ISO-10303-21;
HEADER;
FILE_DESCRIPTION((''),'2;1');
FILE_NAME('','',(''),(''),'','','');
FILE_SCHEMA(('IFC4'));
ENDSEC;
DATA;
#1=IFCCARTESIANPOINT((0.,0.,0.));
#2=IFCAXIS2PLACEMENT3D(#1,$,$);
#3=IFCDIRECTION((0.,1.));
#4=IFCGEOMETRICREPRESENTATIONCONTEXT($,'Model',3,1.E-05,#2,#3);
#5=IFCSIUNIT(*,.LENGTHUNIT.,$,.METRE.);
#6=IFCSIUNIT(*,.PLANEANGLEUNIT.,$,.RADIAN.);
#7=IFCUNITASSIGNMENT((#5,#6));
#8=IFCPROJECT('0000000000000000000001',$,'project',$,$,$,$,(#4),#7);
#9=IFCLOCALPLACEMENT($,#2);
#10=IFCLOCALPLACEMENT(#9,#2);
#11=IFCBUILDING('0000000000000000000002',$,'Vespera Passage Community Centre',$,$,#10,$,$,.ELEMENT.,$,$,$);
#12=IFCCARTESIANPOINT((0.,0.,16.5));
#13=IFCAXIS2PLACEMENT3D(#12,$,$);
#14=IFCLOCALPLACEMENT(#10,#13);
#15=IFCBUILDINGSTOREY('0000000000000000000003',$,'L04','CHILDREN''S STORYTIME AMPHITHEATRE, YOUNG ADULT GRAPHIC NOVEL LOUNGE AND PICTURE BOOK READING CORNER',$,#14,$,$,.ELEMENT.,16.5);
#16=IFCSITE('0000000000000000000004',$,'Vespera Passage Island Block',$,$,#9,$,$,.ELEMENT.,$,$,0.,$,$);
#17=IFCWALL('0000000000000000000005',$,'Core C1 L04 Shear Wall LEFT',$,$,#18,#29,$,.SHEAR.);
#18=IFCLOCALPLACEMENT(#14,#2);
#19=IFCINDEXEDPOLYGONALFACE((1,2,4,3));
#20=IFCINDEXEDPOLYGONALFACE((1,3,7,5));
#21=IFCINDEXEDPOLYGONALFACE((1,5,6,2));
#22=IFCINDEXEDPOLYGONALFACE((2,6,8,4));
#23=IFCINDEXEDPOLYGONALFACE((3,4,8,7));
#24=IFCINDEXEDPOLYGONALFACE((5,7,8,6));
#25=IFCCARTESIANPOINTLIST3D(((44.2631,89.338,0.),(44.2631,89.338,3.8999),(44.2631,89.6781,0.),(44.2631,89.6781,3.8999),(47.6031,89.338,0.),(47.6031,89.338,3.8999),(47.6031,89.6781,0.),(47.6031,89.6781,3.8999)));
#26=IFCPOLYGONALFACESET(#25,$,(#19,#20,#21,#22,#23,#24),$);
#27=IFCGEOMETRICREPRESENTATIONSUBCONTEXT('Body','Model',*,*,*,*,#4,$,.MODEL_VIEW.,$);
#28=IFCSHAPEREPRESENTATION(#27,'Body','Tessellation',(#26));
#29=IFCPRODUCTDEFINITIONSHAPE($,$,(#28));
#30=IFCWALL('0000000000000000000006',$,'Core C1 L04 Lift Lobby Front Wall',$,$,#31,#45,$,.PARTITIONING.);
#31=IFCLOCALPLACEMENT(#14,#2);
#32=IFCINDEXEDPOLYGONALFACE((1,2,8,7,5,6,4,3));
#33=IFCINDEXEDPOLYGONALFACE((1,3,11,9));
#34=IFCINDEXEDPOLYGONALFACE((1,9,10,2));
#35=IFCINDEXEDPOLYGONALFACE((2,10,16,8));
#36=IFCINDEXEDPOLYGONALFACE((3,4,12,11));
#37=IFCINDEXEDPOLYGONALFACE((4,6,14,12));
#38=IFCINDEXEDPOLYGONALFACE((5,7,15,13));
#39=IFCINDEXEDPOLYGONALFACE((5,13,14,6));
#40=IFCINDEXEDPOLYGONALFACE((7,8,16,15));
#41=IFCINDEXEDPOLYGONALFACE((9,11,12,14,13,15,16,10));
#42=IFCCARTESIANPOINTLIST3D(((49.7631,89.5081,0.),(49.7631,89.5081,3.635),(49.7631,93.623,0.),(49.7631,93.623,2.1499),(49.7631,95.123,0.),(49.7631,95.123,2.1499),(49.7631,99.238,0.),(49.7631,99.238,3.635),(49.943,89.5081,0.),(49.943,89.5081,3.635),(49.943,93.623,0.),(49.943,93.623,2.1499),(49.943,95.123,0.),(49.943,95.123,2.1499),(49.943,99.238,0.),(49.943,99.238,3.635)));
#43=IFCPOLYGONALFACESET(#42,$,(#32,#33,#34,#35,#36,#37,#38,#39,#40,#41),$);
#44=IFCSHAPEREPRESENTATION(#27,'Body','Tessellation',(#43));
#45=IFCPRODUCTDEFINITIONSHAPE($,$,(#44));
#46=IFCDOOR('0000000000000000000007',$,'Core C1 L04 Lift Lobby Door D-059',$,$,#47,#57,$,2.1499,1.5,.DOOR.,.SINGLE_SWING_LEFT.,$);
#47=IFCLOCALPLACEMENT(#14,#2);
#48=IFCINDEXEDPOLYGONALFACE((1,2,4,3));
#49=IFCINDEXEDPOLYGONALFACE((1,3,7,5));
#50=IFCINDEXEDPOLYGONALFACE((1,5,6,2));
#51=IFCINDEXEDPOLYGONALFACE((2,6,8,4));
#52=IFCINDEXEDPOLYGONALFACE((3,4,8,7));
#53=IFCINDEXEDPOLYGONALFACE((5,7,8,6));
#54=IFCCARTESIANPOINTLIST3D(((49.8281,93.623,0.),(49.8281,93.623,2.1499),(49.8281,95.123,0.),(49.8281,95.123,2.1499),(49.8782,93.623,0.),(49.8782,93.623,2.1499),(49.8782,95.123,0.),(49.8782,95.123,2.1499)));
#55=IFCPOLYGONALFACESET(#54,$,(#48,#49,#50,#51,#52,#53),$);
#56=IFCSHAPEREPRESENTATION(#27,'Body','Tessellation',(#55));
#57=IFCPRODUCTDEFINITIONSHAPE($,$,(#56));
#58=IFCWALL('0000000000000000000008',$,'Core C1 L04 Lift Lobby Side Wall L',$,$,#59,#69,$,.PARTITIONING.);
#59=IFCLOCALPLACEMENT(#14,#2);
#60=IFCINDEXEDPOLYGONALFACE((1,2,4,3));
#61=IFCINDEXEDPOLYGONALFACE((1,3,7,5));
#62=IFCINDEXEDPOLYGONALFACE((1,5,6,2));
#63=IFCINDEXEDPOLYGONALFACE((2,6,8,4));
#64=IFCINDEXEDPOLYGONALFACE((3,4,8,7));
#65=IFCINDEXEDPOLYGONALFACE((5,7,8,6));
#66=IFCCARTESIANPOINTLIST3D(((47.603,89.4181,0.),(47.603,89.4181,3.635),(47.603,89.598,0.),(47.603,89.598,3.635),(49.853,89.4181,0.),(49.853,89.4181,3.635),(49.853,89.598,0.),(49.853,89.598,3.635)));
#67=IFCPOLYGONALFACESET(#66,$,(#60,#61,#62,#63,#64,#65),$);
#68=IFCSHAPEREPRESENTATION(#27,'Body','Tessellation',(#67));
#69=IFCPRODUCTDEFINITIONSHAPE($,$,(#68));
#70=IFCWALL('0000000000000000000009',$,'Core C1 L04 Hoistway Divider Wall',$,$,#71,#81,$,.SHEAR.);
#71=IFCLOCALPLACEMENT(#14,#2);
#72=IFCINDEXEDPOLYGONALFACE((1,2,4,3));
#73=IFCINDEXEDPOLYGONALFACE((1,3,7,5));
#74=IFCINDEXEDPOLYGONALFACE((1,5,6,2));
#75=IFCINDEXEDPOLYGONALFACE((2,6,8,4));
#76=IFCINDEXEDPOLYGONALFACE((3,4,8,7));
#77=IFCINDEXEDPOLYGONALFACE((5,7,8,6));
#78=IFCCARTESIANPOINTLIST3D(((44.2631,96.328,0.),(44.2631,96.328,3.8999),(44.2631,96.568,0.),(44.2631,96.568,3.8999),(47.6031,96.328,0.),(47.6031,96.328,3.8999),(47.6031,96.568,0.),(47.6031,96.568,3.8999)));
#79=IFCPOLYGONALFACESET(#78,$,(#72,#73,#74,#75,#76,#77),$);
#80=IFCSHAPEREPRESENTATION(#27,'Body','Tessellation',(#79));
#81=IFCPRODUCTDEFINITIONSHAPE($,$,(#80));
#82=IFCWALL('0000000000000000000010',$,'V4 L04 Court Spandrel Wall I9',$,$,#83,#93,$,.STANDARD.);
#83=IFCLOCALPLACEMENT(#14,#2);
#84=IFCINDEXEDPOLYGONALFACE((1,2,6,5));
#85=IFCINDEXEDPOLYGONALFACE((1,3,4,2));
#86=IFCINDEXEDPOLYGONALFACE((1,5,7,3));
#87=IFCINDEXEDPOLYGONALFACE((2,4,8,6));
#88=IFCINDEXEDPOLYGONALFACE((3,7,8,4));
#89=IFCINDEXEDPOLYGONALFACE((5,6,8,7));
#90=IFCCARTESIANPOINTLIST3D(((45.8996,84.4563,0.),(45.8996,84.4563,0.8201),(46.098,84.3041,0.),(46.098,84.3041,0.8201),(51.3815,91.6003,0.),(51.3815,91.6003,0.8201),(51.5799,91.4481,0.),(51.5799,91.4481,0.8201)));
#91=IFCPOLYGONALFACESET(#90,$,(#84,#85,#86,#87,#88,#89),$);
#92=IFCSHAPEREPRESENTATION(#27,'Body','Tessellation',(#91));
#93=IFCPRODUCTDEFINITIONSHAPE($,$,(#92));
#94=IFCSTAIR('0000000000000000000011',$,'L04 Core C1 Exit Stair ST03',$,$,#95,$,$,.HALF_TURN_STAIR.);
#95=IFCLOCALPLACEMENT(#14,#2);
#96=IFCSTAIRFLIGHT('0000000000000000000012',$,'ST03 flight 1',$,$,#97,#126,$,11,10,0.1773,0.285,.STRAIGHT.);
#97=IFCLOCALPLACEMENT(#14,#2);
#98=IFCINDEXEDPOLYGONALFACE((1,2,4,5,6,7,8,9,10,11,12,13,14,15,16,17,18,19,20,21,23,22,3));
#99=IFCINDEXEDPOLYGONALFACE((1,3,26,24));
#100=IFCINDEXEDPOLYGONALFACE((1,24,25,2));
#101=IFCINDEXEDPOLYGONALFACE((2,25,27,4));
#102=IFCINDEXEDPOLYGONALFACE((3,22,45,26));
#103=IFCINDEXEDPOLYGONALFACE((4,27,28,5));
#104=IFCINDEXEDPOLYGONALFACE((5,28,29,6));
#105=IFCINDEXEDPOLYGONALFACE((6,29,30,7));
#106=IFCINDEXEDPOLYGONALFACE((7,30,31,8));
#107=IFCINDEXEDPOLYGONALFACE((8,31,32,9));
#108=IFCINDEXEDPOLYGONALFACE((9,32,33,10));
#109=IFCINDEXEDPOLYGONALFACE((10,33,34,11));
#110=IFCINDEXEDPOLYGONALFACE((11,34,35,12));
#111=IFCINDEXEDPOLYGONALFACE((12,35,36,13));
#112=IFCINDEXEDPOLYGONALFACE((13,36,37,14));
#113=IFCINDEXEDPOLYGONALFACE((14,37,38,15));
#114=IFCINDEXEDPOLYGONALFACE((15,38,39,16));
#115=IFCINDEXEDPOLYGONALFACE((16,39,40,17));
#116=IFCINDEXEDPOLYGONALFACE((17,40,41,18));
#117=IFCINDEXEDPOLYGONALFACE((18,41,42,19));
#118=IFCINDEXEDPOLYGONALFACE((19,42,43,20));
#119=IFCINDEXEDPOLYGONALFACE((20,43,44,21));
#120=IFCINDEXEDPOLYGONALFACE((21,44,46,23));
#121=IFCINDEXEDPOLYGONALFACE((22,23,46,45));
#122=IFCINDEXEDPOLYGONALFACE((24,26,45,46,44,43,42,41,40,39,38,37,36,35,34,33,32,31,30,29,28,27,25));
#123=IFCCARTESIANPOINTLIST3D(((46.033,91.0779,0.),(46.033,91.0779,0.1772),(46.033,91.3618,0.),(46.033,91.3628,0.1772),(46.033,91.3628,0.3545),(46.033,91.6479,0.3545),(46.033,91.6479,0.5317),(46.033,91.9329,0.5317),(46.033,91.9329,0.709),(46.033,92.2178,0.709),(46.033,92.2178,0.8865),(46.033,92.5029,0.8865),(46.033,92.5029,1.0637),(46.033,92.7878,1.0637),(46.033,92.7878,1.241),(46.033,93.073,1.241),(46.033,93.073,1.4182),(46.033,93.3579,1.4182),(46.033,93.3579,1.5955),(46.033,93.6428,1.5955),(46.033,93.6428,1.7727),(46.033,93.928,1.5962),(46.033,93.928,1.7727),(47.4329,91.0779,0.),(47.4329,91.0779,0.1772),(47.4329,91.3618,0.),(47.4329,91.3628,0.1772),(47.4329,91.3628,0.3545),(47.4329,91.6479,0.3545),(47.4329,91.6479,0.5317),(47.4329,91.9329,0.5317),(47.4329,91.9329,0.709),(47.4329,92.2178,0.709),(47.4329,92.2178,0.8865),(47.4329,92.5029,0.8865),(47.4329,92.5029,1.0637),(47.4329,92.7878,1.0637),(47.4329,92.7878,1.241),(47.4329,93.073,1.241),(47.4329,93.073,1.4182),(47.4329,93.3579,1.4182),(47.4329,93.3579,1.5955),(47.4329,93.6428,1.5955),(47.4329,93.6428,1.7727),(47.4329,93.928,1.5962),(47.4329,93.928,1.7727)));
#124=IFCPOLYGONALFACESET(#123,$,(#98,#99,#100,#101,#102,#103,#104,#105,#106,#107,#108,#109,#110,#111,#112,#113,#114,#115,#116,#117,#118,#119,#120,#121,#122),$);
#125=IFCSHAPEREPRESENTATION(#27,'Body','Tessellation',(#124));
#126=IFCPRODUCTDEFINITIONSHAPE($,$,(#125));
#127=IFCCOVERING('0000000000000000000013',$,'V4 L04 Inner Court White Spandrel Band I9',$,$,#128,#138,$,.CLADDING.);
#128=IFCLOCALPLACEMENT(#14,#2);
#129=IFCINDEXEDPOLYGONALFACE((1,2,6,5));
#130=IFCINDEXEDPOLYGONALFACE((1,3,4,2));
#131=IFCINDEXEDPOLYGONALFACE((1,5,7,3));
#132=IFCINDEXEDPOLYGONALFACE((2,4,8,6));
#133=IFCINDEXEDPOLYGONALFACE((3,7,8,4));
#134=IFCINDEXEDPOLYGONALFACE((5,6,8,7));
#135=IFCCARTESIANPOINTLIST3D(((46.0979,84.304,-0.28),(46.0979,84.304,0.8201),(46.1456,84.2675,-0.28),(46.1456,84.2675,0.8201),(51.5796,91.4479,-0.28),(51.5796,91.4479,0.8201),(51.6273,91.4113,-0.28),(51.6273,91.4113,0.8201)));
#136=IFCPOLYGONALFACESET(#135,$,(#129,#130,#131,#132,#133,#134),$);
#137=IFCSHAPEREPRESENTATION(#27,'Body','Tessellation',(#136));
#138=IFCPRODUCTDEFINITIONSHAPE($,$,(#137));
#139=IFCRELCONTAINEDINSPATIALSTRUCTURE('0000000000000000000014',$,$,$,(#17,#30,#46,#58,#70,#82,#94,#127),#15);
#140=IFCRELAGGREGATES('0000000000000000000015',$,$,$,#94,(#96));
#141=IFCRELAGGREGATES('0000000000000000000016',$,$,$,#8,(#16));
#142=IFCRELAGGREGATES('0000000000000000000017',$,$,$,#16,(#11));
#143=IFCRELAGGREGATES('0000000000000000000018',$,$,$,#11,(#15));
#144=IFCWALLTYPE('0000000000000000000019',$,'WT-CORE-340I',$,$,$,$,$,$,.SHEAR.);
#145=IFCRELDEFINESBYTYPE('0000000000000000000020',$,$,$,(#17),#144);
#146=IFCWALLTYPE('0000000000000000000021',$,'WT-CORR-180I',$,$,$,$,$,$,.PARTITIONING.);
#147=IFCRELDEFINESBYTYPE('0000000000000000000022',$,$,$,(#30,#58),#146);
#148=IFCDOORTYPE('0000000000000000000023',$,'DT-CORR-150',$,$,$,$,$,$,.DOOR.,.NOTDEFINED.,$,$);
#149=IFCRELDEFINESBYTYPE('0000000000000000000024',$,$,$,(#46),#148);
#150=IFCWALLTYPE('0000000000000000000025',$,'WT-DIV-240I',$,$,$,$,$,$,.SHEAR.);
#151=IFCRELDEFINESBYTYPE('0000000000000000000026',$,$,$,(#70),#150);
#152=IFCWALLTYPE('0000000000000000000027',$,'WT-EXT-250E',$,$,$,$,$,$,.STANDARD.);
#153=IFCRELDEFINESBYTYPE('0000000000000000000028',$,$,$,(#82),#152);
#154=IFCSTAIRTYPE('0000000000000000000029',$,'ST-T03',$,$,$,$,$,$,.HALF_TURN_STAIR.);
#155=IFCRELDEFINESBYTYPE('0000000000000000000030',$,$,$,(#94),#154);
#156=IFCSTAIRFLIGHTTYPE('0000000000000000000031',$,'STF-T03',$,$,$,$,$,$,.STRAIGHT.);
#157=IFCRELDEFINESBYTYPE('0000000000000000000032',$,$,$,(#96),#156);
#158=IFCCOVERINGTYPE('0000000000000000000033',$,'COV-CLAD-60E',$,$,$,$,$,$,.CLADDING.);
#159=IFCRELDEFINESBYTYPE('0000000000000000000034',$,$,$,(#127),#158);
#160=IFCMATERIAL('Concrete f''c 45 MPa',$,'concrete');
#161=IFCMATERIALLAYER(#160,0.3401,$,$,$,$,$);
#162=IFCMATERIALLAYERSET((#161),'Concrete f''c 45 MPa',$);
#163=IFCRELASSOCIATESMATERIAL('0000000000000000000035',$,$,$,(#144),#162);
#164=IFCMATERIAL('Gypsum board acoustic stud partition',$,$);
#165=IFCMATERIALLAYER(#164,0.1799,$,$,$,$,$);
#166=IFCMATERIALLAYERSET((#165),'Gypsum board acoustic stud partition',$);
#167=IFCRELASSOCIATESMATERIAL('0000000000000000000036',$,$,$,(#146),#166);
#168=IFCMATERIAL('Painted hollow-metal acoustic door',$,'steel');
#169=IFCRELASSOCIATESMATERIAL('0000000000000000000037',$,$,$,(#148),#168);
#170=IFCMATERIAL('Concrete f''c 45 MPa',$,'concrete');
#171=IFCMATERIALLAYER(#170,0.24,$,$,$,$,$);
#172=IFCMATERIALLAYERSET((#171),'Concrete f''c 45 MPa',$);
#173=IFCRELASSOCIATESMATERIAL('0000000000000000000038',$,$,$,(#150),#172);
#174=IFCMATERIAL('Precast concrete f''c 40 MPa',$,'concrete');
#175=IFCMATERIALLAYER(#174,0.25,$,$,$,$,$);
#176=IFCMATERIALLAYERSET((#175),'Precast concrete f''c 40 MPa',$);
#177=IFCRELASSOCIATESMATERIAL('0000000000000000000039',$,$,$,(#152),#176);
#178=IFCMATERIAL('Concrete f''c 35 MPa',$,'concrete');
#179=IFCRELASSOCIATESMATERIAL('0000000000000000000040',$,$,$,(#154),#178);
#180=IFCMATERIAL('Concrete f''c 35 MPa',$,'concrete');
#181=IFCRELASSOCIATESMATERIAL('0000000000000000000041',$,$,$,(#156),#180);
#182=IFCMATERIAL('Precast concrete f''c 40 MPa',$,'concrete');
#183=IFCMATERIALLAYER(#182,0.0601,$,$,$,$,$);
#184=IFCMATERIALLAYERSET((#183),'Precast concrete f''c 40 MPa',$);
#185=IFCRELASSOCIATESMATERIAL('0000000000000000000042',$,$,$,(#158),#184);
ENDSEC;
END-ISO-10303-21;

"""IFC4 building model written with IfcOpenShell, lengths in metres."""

from ifc_helpers import new_model, si_unit, direction, frame, frame_2d, origin, place, context, subcontext, project, spatial, polyline, rectangle, outline, extrude, material, layer, layer_set, type_object, element, fill, aggregate, save


model = new_model("IFC4")

# Units and contexts
model_context = context("Model", 3, precision=1e-05, world=origin(), true_north=direction((0.0, 1.0)))
body_context = subcontext(model_context, "Body", "Model", "MODEL_VIEW")
ifc_project = project(units=[si_unit("LENGTHUNIT", "METRE"), si_unit("PLANEANGLEUNIT", "RADIAN")], contexts=[model_context])

# Site, building, storey
site_placement = place(None, origin())
site = spatial("IfcSite", under=ifc_project, at=site_placement, Name="Vespera Passage Island Block", CompositionType="ELEMENT", RefElevation=0.0)
building_placement = place(site_placement, origin())
building = spatial("IfcBuilding", under=site, at=building_placement, Name="Vespera Passage Community Centre", CompositionType="ELEMENT")
storey_placement = place(building_placement, frame((0.0, 0.0, 16.5)))
storey = spatial("IfcBuildingStorey", under=building, at=storey_placement, Name="L04", Description="CHILDREN'S STORYTIME AMPHITHEATRE, YOUNG ADULT GRAPHIC NOVEL LOUNGE AND PICTURE BOOK READING CORNER", CompositionType="ELEMENT", Elevation=16.5)

# Wall
ifc_material_1 = material(Name="Concrete f'c 45 MPa", Category="concrete")
ifc_layer_1 = layer(ifc_material_1, 0.3401)
ifc_layer_set_1 = layer_set([ifc_layer_1], Name="Concrete f'c 45 MPa")
wall_type_1 = type_object("IfcWallType", Name="WT-CORE-340I", PredefinedType="SHEAR", material=ifc_layer_set_1)
wall_1_placement = place(storey_placement, frame((47.603, 89.5081, 0.0), z_axis=(0.0, 0.0, 1.0), x_axis=(-1.0, 0.0, 0.0)))
element("IfcWall", 1, at=wall_1_placement, inside=storey, type_object=wall_type_1, Name="Core C1 L04 Shear Wall LEFT", PredefinedType="SHEAR", context=body_context, shape_type="SweptSolid", body=[
    extrude(rectangle(XDim=3.3401, YDim=0.3401, at=frame_2d((1.6699, 0.0))), origin(), (0.0, 0.0, 1.0), 3.8999),
])

# Wall, opening, door
ifc_material_2 = material(Name="Gypsum board acoustic stud partition")
ifc_layer_2 = layer(ifc_material_2, 0.1799)
ifc_layer_set_2 = layer_set([ifc_layer_2], Name="Gypsum board acoustic stud partition")
wall_type_2 = type_object("IfcWallType", Name="WT-CORR-180I", PredefinedType="PARTITIONING", material=ifc_layer_set_2)
wall_2_placement = place(storey_placement, frame((49.853, 89.5081, 0.0), z_axis=(0.0, 0.0, 1.0), x_axis=(0.0, 1.0, 0.0)))
wall_2 = element("IfcWall", 2, at=wall_2_placement, inside=storey, type_object=wall_type_2, Name="Core C1 L04 Lift Lobby Front Wall", PredefinedType="PARTITIONING", context=body_context, shape_type="SweptSolid", body=[
    extrude(rectangle(XDim=9.73, YDim=0.1799, at=frame_2d((4.865, 0.0))), origin(), (0.0, 0.0, 1.0), 3.635),
])
opening_placement = place(wall_2_placement, frame((4.115, 0.0, 0.0)))
opening = element("IfcOpeningElement", 3, at=opening_placement, cuts=wall_2, PredefinedType="OPENING", context=body_context, shape_type="SweptSolid", body=[
    extrude(rectangle(XDim=1.5, YDim=2.1499, at=frame_2d((0.75, 1.075))), frame((0.0, 0.0999, 0.0), z_axis=(0.0, -1.0, 0.0), x_axis=(1.0, 0.0, 0.0)), (0.0, 0.0, 1.0), 0.2),
])
ifc_material_3 = material(Name="Painted hollow-metal acoustic door", Category="steel")
door_type = type_object("IfcDoorType", Name="DT-CORR-150", OperationType="NOTDEFINED", PredefinedType="DOOR", material=ifc_material_3)
door_placement = place(opening_placement, origin())
door = element("IfcDoor", 4, at=door_placement, inside=storey, type_object=door_type, Name="Core C1 L04 Lift Lobby Door D-059", OperationType="SINGLE_SWING_LEFT", OverallHeight=2.1499, OverallWidth=1.5, PredefinedType="DOOR", context=body_context, shape_type="SweptSolid", body=[
    extrude(rectangle(XDim=1.5, YDim=2.1499, at=frame_2d((0.75, 1.075))), frame((0.0, 0.0249, 0.0), z_axis=(0.0, -1.0, 0.0), x_axis=(1.0, 0.0, 0.0)), (0.0, 0.0, 1.0), 0.05),
])
fill(opening, door)

# Walls
wall_3_placement = place(storey_placement, frame((47.603, 89.5081, 0.0), z_axis=(0.0, 0.0, 1.0), x_axis=(1.0, 0.0, 0.0)))
element("IfcWall", 5, at=wall_3_placement, inside=storey, type_object=wall_type_2, Name="Core C1 L04 Lift Lobby Side Wall L", PredefinedType="PARTITIONING", context=body_context, shape_type="SweptSolid", body=[
    extrude(rectangle(XDim=2.25, YDim=0.1799, at=frame_2d((1.125, 0.0))), origin(), (0.0, 0.0, 1.0), 3.635),
])
ifc_material_4 = material(Name="Concrete f'c 45 MPa", Category="concrete")
ifc_layer_3 = layer(ifc_material_4, 0.24)
ifc_layer_set_3 = layer_set([ifc_layer_3], Name="Concrete f'c 45 MPa")
wall_type_3 = type_object("IfcWallType", Name="WT-DIV-240I", PredefinedType="SHEAR", material=ifc_layer_set_3)
wall_4_placement = place(storey_placement, frame((47.603, 96.448, 0.0), z_axis=(0.0, 0.0, 1.0), x_axis=(-1.0, 0.0, 0.0)))
element("IfcWall", 6, at=wall_4_placement, inside=storey, type_object=wall_type_3, Name="Core C1 L04 Hoistway Divider Wall", PredefinedType="SHEAR", context=body_context, shape_type="SweptSolid", body=[
    extrude(rectangle(XDim=3.3401, YDim=0.24, at=frame_2d((1.6699, 0.0))), origin(), (0.0, 0.0, 1.0), 3.8999),
])
ifc_material_5 = material(Name="Precast concrete f'c 40 MPa", Category="concrete")
ifc_layer_4 = layer(ifc_material_5, 0.25)
ifc_layer_set_4 = layer_set([ifc_layer_4], Name="Precast concrete f'c 40 MPa")
wall_type_4 = type_object("IfcWallType", Name="WT-EXT-250E", PredefinedType="STANDARD", material=ifc_layer_set_4)
wall_5_placement = place(storey_placement, frame((51.4807, 91.5242, 0.0), z_axis=(0.0, 0.0, 1.0), x_axis=(-0.60877, -0.793347, 0.0)))
element("IfcWall", 7, at=wall_5_placement, inside=storey, type_object=wall_type_4, Name="V4 L04 Court Spandrel Wall I9", PredefinedType="STANDARD", context=body_context, shape_type="SweptSolid", body=[
    extrude(rectangle(XDim=9.0049, YDim=0.25, at=frame_2d((4.5024, 0.0))), origin(), (0.0, 0.0, 1.0), 0.8201),
])

# Stair, stair flight
ifc_material_6 = material(Name="Concrete f'c 35 MPa", Category="concrete")
stair_type = type_object("IfcStairType", Name="ST-T03", PredefinedType="HALF_TURN_STAIR", material=ifc_material_6)
stair_placement = place(storey_placement, origin())
stair = element("IfcStair", 8, at=stair_placement, inside=storey, type_object=stair_type, Name="L04 Core C1 Exit Stair ST03", PredefinedType="HALF_TURN_STAIR")
ifc_material_7 = material(Name="Concrete f'c 35 MPa", Category="concrete")
stair_flight_type = type_object("IfcStairFlightType", Name="STF-T03", PredefinedType="STRAIGHT", material=ifc_material_7)
stair_flight_placement = place(storey_placement, frame((46.7329, 91.0779, 0.0), z_axis=(0.0, 0.0, 1.0), x_axis=(0.0, 1.0, 0.0)))
stair_flight = element("IfcStairFlight", 9, at=stair_flight_placement, type_object=stair_flight_type, Name="ST03 flight 1", NumberOfRisers=11, NumberOfTreads=10, PredefinedType="STRAIGHT", RiserHeight=0.1773, TreadLength=0.285, context=body_context, shape_type="SweptSolid", body=[
    extrude(outline(polyline([(0.0, 0.0), (0.0, 0.1772), (0.2849, 0.1772), (0.2849, 0.3545), (0.5701, 0.3545), (0.5701, 0.5317), (0.855, 0.5317), (0.855, 0.709), (1.1399, 0.709), (1.1399, 0.8865), (1.425, 0.8865), (1.425, 1.0637), (1.71, 1.0637), (1.71, 1.241), (1.9951, 1.241), (1.9951, 1.4182), (2.28, 1.4182), (2.28, 1.5955), (2.5649, 1.5955), (2.5649, 1.7727), (2.8501, 1.7727), (2.8501, 1.95), (2.8501, 1.5962), (0.2839, 0.0), (0.0, 0.0)])), frame((0.0, 0.7, 0.0), z_axis=(0.0, -1.0, 0.0), x_axis=(1.0, 0.0, 0.0)), (0.0, 0.0, 1.0), 1.3999),
])
aggregate(stair, [stair_flight])

# Covering
ifc_material_8 = material(Name="Precast concrete f'c 40 MPa", Category="concrete")
ifc_layer_5 = layer(ifc_material_8, 0.0601)
ifc_layer_set_5 = layer_set([ifc_layer_5], Name="Precast concrete f'c 40 MPa")
covering_type = type_object("IfcCoveringType", Name="COV-CLAD-60E", PredefinedType="CLADDING", material=ifc_layer_set_5)
covering_placement = place(storey_placement, frame((51.6035, 91.4297, -0.28), z_axis=(0.0, 0.0, 1.0), x_axis=(-0.608766, -0.79335, 0.0)))
element("IfcCovering", 10, at=covering_placement, inside=storey, type_object=covering_type, Name="V4 L04 Inner Court White Spandrel Band I9", PredefinedType="CLADDING", context=body_context, shape_type="SweptSolid", body=[
    extrude(rectangle(XDim=9.0046, YDim=0.0601, at=frame_2d((4.5024, 0.0))), origin(), (0.0, 0.0, 1.0), 1.1001),
])

save(model, "model.ifc")
